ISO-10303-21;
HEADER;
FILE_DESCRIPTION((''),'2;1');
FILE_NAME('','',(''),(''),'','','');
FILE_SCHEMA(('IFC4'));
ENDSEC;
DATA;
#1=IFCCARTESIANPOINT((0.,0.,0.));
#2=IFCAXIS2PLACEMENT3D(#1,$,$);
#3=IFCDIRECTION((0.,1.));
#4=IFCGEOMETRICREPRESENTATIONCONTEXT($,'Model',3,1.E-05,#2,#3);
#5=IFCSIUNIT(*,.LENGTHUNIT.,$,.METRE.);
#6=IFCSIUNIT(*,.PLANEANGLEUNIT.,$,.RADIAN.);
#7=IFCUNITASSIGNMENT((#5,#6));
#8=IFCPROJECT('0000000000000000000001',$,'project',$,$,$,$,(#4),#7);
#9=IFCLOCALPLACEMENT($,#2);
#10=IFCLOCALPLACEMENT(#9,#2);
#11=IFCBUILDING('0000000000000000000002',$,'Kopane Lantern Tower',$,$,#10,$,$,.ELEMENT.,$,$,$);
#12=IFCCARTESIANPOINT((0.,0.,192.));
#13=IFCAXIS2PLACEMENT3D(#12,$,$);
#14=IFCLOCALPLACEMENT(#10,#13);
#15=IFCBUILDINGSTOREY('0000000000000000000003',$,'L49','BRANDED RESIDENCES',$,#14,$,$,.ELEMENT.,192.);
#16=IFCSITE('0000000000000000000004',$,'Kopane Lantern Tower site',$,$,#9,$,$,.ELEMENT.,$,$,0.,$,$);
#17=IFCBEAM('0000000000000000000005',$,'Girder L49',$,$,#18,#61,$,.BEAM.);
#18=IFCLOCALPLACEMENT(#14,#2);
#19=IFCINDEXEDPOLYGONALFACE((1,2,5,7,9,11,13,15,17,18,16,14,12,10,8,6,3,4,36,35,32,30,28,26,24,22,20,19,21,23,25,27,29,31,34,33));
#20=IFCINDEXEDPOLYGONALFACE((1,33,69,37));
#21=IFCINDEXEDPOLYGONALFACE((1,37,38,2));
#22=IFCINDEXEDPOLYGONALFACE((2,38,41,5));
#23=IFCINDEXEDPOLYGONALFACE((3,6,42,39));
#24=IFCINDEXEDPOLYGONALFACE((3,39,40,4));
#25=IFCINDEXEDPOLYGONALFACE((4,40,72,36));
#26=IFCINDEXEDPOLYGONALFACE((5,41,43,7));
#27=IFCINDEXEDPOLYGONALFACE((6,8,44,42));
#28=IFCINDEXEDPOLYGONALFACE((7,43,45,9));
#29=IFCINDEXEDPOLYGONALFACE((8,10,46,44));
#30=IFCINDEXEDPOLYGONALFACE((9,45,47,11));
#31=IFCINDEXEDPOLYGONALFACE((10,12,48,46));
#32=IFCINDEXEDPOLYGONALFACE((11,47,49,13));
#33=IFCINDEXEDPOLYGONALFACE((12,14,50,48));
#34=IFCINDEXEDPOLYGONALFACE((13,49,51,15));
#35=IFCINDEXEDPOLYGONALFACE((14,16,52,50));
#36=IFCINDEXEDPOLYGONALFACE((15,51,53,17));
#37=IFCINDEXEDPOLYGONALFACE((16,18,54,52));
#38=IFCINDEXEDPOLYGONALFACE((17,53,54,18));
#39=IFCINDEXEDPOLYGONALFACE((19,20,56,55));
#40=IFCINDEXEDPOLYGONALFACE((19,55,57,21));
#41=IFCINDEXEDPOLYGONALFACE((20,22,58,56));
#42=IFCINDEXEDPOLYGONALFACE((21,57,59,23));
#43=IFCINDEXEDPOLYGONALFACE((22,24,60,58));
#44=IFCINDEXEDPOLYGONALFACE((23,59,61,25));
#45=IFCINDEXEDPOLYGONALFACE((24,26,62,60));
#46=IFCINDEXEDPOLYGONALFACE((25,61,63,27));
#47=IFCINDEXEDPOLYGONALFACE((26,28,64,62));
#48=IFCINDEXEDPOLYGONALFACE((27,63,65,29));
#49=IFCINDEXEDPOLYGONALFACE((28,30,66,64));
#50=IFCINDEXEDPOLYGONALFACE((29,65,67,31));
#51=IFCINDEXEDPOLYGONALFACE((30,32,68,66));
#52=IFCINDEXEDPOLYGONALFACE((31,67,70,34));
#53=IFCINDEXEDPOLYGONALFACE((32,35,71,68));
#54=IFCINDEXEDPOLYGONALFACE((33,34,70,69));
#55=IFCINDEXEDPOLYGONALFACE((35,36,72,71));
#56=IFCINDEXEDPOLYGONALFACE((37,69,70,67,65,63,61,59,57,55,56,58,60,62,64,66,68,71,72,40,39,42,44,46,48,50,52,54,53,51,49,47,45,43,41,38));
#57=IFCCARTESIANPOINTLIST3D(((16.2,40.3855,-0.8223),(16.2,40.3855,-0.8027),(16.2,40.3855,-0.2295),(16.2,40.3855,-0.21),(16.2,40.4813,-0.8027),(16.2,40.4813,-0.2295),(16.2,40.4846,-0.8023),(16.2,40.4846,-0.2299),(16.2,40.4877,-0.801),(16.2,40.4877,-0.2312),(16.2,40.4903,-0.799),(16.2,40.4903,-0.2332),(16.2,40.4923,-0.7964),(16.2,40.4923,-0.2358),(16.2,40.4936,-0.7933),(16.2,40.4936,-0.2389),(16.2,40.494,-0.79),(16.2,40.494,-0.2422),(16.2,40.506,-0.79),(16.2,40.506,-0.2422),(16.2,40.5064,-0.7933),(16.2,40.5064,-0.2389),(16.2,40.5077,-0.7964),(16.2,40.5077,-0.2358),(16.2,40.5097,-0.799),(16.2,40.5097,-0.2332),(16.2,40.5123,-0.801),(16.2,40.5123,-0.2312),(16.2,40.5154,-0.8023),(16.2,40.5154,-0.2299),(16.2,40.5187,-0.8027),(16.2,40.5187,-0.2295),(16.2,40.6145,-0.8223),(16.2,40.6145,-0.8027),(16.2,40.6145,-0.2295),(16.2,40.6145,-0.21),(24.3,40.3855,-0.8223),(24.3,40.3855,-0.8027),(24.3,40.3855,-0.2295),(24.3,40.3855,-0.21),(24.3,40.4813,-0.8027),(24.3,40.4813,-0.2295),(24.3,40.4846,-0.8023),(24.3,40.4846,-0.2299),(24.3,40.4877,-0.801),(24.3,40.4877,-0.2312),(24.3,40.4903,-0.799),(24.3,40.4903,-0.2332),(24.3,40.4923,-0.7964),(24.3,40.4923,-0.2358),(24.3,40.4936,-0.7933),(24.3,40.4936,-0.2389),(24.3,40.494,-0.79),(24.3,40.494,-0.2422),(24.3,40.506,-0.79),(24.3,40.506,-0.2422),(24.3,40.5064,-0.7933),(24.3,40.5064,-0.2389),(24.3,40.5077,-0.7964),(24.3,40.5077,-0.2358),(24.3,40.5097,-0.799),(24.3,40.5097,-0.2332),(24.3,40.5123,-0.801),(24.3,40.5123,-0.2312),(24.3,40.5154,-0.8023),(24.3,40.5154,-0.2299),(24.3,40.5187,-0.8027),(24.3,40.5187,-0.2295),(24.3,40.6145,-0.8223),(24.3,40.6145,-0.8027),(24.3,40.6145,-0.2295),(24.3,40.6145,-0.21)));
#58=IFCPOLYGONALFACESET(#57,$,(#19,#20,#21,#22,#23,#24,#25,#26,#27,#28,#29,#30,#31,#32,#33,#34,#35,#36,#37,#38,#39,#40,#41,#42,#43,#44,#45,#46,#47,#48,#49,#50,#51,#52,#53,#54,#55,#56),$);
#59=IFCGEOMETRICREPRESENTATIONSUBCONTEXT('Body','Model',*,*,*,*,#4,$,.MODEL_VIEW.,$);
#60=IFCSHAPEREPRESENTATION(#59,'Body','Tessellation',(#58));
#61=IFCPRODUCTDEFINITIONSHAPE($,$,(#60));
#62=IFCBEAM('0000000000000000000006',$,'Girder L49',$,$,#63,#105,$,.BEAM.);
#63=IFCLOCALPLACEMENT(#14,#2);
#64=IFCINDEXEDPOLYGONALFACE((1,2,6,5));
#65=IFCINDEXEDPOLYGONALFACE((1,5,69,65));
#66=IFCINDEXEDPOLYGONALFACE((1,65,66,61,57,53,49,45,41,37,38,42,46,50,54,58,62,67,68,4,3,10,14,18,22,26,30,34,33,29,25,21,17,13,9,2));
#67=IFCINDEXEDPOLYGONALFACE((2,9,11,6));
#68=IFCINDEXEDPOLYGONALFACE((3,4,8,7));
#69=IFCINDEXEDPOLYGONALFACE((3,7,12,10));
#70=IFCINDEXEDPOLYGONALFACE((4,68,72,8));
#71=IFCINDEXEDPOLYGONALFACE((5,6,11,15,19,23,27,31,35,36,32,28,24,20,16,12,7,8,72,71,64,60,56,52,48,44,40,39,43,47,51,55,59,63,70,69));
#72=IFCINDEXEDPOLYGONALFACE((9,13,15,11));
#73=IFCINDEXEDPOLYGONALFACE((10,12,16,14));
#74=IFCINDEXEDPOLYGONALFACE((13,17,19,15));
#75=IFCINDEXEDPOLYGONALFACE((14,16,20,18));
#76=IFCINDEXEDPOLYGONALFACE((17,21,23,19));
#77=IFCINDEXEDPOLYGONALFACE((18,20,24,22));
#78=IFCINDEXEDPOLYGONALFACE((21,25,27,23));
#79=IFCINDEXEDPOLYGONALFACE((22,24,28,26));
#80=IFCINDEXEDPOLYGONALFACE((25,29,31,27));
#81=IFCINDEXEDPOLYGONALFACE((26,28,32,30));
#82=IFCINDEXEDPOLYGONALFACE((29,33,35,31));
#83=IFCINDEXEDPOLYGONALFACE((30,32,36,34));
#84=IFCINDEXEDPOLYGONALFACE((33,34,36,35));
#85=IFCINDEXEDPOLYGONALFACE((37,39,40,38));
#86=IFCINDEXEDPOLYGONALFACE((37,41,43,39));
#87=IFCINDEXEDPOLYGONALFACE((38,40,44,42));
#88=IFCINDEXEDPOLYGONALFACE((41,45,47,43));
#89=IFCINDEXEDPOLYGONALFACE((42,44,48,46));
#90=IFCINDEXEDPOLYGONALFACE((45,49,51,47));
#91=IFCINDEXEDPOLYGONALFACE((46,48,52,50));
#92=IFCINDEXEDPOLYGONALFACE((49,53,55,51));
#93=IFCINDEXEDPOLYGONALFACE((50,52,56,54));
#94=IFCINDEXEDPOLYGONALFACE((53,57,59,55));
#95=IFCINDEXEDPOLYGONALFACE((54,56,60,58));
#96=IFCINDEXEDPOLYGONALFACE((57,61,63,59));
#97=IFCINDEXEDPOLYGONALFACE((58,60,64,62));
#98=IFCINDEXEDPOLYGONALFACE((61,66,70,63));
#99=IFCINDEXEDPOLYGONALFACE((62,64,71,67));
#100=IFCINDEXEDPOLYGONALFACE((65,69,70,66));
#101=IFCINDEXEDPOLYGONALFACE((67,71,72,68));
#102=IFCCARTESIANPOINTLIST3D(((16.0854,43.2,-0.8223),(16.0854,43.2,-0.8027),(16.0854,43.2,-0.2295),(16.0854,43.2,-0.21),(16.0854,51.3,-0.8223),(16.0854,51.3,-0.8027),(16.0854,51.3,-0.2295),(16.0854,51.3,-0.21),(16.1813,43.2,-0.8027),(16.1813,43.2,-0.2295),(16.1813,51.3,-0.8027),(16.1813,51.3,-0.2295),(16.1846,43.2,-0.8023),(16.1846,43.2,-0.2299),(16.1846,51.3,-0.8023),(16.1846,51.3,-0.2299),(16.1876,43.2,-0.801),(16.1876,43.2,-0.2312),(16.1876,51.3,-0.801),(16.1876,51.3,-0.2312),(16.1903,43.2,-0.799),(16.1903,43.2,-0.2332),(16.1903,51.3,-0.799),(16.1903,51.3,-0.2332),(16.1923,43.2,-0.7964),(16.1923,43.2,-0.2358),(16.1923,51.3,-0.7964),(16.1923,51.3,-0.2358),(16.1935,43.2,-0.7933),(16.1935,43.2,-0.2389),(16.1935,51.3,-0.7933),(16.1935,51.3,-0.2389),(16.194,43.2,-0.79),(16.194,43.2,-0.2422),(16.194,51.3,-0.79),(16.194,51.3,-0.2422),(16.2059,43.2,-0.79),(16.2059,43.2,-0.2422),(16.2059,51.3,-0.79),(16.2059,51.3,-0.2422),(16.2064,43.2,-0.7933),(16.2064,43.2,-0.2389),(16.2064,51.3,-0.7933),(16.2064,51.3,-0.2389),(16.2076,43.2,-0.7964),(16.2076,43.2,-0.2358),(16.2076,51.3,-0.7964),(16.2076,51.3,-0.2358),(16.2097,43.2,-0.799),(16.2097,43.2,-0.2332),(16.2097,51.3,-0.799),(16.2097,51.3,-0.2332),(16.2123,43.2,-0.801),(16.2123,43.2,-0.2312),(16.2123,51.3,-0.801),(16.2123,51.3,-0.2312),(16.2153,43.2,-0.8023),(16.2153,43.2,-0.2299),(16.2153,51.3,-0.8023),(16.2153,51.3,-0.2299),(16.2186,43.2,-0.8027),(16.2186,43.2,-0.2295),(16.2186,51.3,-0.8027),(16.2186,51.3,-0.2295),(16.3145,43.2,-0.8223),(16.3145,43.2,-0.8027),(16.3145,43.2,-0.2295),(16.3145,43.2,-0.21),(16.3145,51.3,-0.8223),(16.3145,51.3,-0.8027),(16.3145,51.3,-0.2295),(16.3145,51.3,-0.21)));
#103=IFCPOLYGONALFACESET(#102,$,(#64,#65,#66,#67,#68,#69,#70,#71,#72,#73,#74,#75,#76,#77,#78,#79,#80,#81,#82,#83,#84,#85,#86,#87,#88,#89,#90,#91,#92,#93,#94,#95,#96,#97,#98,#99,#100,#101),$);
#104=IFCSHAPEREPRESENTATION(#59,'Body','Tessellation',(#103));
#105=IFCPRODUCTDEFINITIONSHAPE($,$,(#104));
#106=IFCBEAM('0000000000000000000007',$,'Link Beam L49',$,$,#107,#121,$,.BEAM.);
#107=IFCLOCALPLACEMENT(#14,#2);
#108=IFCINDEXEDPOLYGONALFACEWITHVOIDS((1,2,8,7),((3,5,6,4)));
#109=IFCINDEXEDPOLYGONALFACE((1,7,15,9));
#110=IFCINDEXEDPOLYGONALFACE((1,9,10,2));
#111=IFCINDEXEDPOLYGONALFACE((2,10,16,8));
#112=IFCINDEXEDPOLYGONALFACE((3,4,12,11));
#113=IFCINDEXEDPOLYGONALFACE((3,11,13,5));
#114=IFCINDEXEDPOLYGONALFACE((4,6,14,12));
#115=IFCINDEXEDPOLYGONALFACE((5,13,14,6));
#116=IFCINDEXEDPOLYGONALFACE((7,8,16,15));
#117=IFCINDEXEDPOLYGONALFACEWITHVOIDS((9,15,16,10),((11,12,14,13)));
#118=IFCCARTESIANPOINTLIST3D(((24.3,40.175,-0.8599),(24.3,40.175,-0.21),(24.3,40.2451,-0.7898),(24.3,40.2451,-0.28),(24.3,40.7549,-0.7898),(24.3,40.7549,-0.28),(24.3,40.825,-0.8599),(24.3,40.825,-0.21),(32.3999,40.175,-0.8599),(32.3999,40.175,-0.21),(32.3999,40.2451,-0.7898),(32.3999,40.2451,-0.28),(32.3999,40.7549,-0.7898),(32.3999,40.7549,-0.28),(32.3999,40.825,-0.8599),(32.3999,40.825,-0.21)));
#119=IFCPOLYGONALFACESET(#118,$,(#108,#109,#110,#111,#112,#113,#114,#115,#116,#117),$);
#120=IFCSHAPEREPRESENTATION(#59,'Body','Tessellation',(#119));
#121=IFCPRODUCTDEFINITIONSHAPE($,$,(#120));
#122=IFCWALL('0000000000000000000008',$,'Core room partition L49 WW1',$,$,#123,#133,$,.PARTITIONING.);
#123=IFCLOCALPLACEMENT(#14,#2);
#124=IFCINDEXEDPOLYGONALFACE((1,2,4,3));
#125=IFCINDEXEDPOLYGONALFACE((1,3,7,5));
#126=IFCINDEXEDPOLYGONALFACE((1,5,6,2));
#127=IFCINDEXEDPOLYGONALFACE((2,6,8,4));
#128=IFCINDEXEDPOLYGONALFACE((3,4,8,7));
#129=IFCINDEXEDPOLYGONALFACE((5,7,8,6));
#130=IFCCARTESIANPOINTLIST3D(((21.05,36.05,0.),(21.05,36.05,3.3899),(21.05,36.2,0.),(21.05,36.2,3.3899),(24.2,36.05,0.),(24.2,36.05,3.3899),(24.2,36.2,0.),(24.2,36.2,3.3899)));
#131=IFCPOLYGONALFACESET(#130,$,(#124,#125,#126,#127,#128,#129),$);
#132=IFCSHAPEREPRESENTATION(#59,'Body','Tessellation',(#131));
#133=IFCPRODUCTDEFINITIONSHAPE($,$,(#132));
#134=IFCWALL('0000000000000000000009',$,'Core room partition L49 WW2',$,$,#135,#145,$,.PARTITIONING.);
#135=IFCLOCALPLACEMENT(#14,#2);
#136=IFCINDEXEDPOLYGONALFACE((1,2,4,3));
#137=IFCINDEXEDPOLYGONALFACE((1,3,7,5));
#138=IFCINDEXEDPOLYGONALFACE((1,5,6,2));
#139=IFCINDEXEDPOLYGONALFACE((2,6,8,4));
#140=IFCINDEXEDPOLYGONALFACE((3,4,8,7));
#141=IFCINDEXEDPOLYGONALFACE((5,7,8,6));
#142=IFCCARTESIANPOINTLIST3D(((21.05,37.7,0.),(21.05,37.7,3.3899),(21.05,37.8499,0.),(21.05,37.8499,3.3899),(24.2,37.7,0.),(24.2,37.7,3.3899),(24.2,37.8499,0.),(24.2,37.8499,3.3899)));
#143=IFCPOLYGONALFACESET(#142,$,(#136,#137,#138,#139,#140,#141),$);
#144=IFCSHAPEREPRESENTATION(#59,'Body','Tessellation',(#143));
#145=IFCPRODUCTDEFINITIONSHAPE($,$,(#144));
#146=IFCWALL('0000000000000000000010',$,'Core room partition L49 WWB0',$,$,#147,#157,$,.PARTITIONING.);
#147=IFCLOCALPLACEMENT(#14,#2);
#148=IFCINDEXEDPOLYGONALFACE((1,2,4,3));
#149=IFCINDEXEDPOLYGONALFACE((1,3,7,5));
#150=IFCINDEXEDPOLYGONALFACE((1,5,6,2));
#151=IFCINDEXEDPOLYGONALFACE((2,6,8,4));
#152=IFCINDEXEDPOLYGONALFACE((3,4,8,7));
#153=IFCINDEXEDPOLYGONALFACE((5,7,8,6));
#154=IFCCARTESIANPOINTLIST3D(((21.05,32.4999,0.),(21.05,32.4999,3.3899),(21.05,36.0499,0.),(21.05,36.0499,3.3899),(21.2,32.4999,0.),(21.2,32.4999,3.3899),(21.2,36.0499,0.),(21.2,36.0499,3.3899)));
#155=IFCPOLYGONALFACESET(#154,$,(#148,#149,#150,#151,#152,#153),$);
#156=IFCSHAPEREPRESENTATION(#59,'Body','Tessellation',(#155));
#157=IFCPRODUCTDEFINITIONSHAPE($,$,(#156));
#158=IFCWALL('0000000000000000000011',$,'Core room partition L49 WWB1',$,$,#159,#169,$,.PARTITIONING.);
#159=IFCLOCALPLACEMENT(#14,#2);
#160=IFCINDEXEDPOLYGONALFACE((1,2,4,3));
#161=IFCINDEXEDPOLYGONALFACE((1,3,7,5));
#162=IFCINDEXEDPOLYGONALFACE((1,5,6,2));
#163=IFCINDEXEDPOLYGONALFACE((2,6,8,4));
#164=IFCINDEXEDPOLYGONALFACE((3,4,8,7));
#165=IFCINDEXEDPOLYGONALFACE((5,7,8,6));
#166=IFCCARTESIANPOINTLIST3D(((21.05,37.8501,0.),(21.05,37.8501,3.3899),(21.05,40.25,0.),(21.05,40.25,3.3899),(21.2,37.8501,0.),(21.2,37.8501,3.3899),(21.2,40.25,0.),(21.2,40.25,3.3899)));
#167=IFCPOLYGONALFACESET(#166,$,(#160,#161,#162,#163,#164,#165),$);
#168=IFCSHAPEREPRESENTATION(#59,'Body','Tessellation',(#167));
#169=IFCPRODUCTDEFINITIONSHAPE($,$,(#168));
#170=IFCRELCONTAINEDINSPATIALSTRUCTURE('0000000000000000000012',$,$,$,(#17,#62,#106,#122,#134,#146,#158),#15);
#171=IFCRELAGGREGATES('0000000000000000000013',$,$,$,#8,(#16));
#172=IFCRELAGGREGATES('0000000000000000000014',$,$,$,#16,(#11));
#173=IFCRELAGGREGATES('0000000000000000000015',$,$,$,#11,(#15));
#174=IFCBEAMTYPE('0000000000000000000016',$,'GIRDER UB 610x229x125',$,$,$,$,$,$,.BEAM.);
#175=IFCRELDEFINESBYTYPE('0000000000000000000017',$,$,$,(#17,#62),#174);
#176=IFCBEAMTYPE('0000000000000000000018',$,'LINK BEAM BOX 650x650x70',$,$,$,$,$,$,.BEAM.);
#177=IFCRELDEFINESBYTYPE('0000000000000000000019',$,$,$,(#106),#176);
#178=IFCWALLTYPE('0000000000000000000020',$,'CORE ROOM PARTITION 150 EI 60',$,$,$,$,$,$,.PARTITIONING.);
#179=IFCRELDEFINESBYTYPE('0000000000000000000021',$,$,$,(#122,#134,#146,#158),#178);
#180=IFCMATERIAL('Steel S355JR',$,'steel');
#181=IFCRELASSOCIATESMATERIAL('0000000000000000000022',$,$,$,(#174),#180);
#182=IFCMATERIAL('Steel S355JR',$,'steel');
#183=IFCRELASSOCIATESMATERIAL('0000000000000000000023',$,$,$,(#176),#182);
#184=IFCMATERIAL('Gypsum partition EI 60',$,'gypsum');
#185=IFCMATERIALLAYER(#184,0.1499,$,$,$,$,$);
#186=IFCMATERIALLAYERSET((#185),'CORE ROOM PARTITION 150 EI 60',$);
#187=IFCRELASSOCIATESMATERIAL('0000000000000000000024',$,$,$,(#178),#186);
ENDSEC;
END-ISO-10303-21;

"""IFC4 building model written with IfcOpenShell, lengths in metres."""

from ifc_helpers import new_model, si_unit, direction, frame, frame_2d, origin, origin_2d, place, context, subcontext, project, spatial, rectangle, hollow_rectangle, i_section, extrude, material, layer, layer_set, material_profile, profile_set, type_object, element, save


model = new_model("IFC4")

# Units and contexts
model_context = context("Model", 3, precision=1e-05, world=origin(), true_north=direction((0.0, 1.0)))
body_context = subcontext(model_context, "Body", "Model", "MODEL_VIEW")
ifc_project = project(units=[si_unit("LENGTHUNIT", "METRE"), si_unit("PLANEANGLEUNIT", "RADIAN")], contexts=[model_context])

# Site, building, storey
site_placement = place(None, origin())
site = spatial("IfcSite", under=ifc_project, at=site_placement, Name="Kopane Lantern Tower site", CompositionType="ELEMENT", RefElevation=0.0)
building_placement = place(site_placement, origin())
building = spatial("IfcBuilding", under=site, at=building_placement, Name="Kopane Lantern Tower", CompositionType="ELEMENT")
storey_placement = place(building_placement, frame((0.0, 0.0, 192.0)))
storey = spatial("IfcBuildingStorey", under=building, at=storey_placement, Name="L49", Description="BRANDED RESIDENCES", CompositionType="ELEMENT", Elevation=192.0)

# Beams
ifc_material_1 = material(Name="Steel S355JR", Category="steel")
ifc_material_profile_1 = material_profile(ifc_material_1, i_section(OverallWidth=0.229, OverallDepth=0.6123, WebThickness=0.012, FlangeThickness=0.0195, FilletRadius=0.0127, at=origin_2d()), Name="UB 610x229x125")
ifc_profile_set_1 = profile_set([ifc_material_profile_1], Name="Steel S355JR")
beam_type_1 = type_object("IfcBeamType", Name="GIRDER UB 610x229x125", PredefinedType="BEAM", material=ifc_profile_set_1)
for number, where, z_axis, x_axis, name in (
    (1, (16.2, 40.5, -0.5161), (1.0, 0.0, 0.0), (0.0, 1.0, 0.0), "Girder L49"),
    (2, (16.2, 43.2, -0.5161), (0.0, 1.0, 0.0), (-1.0, 0.0, 0.0), "Girder L49"),
):
    element("IfcBeam", number, at=place(storey_placement, frame(where, z_axis=z_axis, x_axis=x_axis)), inside=storey, type_object=beam_type_1, Name=name, PredefinedType="BEAM", context=body_context, shape_type="SweptSolid", body=[
        extrude(i_section(OverallWidth=0.229, OverallDepth=0.6123, WebThickness=0.012, FlangeThickness=0.0195, FilletRadius=0.0127, at=origin_2d()), origin(), (0.0, 0.0, 1.0), 8.1001),
    ])
ifc_material_2 = material(Name="Steel S355JR", Category="steel")
ifc_material_profile_2 = material_profile(ifc_material_2, hollow_rectangle(XDim=0.6499, YDim=0.6499, WallThickness=0.0701, at=origin_2d()), Name="BOX 650x650x70")
ifc_profile_set_2 = profile_set([ifc_material_profile_2], Name="Steel S355JR")
beam_type_2 = type_object("IfcBeamType", Name="LINK BEAM BOX 650x650x70", PredefinedType="BEAM", material=ifc_profile_set_2)
beam_placement = place(storey_placement, frame((24.3, 40.5, -0.5349), z_axis=(1.0, 0.0, 0.0), x_axis=(0.0, 1.0, 0.0)))
element("IfcBeam", 3, at=beam_placement, inside=storey, type_object=beam_type_2, Name="Link Beam L49", PredefinedType="BEAM", context=body_context, shape_type="SweptSolid", body=[
    extrude(hollow_rectangle(XDim=0.6499, YDim=0.6499, WallThickness=0.0701, at=origin_2d()), origin(), (0.0, 0.0, 1.0), 8.0999),
])

# Walls
ifc_material_3 = material(Name="Gypsum partition EI 60", Category="gypsum")
ifc_layer_1 = layer(ifc_material_3, 0.1499)
ifc_layer_set_1 = layer_set([ifc_layer_1], Name="CORE ROOM PARTITION 150 EI 60")
wall_type_1 = type_object("IfcWallType", Name="CORE ROOM PARTITION 150 EI 60", PredefinedType="PARTITIONING", material=ifc_layer_set_1)
for number, where, z_axis, x_axis, name in (
    (4, (21.05, 36.125, 0.0), (0.0, 0.0, 1.0), (1.0, 0.0, 0.0), "Core room partition L49 WW1"),
    (5, (21.05, 37.7749, 0.0), (0.0, 0.0, 1.0), (1.0, 0.0, 0.0), "Core room partition L49 WW2"),
):
    element("IfcWall", number, at=place(storey_placement, frame(where, z_axis=z_axis, x_axis=x_axis)), inside=storey, type_object=wall_type_1, Name=name, PredefinedType="PARTITIONING", context=body_context, shape_type="SweptSolid", body=[
        extrude(rectangle(XDim=3.1499, YDim=0.1499, at=frame_2d((1.575, 0.0))), origin(), (0.0, 0.0, 1.0), 3.3899),
    ])
wall_1_placement = place(storey_placement, frame((21.125, 32.5, 0.0), z_axis=(0.0, 0.0, 1.0), x_axis=(0.0, 1.0, 0.0)))
element("IfcWall", 6, at=wall_1_placement, inside=storey, type_object=wall_type_1, Name="Core room partition L49 WWB0", PredefinedType="PARTITIONING", context=body_context, shape_type="SweptSolid", body=[
    extrude(rectangle(XDim=3.55, YDim=0.1499, at=frame_2d((1.7749, 0.0))), origin(), (0.0, 0.0, 1.0), 3.3899),
])
wall_2_placement = place(storey_placement, frame((21.125, 37.8501, 0.0), z_axis=(0.0, 0.0, 1.0), x_axis=(0.0, 1.0, 0.0)))
element("IfcWall", 7, at=wall_2_placement, inside=storey, type_object=wall_type_1, Name="Core room partition L49 WWB1", PredefinedType="PARTITIONING", context=body_context, shape_type="SweptSolid", body=[
    extrude(rectangle(XDim=2.3999, YDim=0.1499, at=frame_2d((1.2, 0.0))), origin(), (0.0, 0.0, 1.0), 3.3899),
])

save(model, "model.ifc")
